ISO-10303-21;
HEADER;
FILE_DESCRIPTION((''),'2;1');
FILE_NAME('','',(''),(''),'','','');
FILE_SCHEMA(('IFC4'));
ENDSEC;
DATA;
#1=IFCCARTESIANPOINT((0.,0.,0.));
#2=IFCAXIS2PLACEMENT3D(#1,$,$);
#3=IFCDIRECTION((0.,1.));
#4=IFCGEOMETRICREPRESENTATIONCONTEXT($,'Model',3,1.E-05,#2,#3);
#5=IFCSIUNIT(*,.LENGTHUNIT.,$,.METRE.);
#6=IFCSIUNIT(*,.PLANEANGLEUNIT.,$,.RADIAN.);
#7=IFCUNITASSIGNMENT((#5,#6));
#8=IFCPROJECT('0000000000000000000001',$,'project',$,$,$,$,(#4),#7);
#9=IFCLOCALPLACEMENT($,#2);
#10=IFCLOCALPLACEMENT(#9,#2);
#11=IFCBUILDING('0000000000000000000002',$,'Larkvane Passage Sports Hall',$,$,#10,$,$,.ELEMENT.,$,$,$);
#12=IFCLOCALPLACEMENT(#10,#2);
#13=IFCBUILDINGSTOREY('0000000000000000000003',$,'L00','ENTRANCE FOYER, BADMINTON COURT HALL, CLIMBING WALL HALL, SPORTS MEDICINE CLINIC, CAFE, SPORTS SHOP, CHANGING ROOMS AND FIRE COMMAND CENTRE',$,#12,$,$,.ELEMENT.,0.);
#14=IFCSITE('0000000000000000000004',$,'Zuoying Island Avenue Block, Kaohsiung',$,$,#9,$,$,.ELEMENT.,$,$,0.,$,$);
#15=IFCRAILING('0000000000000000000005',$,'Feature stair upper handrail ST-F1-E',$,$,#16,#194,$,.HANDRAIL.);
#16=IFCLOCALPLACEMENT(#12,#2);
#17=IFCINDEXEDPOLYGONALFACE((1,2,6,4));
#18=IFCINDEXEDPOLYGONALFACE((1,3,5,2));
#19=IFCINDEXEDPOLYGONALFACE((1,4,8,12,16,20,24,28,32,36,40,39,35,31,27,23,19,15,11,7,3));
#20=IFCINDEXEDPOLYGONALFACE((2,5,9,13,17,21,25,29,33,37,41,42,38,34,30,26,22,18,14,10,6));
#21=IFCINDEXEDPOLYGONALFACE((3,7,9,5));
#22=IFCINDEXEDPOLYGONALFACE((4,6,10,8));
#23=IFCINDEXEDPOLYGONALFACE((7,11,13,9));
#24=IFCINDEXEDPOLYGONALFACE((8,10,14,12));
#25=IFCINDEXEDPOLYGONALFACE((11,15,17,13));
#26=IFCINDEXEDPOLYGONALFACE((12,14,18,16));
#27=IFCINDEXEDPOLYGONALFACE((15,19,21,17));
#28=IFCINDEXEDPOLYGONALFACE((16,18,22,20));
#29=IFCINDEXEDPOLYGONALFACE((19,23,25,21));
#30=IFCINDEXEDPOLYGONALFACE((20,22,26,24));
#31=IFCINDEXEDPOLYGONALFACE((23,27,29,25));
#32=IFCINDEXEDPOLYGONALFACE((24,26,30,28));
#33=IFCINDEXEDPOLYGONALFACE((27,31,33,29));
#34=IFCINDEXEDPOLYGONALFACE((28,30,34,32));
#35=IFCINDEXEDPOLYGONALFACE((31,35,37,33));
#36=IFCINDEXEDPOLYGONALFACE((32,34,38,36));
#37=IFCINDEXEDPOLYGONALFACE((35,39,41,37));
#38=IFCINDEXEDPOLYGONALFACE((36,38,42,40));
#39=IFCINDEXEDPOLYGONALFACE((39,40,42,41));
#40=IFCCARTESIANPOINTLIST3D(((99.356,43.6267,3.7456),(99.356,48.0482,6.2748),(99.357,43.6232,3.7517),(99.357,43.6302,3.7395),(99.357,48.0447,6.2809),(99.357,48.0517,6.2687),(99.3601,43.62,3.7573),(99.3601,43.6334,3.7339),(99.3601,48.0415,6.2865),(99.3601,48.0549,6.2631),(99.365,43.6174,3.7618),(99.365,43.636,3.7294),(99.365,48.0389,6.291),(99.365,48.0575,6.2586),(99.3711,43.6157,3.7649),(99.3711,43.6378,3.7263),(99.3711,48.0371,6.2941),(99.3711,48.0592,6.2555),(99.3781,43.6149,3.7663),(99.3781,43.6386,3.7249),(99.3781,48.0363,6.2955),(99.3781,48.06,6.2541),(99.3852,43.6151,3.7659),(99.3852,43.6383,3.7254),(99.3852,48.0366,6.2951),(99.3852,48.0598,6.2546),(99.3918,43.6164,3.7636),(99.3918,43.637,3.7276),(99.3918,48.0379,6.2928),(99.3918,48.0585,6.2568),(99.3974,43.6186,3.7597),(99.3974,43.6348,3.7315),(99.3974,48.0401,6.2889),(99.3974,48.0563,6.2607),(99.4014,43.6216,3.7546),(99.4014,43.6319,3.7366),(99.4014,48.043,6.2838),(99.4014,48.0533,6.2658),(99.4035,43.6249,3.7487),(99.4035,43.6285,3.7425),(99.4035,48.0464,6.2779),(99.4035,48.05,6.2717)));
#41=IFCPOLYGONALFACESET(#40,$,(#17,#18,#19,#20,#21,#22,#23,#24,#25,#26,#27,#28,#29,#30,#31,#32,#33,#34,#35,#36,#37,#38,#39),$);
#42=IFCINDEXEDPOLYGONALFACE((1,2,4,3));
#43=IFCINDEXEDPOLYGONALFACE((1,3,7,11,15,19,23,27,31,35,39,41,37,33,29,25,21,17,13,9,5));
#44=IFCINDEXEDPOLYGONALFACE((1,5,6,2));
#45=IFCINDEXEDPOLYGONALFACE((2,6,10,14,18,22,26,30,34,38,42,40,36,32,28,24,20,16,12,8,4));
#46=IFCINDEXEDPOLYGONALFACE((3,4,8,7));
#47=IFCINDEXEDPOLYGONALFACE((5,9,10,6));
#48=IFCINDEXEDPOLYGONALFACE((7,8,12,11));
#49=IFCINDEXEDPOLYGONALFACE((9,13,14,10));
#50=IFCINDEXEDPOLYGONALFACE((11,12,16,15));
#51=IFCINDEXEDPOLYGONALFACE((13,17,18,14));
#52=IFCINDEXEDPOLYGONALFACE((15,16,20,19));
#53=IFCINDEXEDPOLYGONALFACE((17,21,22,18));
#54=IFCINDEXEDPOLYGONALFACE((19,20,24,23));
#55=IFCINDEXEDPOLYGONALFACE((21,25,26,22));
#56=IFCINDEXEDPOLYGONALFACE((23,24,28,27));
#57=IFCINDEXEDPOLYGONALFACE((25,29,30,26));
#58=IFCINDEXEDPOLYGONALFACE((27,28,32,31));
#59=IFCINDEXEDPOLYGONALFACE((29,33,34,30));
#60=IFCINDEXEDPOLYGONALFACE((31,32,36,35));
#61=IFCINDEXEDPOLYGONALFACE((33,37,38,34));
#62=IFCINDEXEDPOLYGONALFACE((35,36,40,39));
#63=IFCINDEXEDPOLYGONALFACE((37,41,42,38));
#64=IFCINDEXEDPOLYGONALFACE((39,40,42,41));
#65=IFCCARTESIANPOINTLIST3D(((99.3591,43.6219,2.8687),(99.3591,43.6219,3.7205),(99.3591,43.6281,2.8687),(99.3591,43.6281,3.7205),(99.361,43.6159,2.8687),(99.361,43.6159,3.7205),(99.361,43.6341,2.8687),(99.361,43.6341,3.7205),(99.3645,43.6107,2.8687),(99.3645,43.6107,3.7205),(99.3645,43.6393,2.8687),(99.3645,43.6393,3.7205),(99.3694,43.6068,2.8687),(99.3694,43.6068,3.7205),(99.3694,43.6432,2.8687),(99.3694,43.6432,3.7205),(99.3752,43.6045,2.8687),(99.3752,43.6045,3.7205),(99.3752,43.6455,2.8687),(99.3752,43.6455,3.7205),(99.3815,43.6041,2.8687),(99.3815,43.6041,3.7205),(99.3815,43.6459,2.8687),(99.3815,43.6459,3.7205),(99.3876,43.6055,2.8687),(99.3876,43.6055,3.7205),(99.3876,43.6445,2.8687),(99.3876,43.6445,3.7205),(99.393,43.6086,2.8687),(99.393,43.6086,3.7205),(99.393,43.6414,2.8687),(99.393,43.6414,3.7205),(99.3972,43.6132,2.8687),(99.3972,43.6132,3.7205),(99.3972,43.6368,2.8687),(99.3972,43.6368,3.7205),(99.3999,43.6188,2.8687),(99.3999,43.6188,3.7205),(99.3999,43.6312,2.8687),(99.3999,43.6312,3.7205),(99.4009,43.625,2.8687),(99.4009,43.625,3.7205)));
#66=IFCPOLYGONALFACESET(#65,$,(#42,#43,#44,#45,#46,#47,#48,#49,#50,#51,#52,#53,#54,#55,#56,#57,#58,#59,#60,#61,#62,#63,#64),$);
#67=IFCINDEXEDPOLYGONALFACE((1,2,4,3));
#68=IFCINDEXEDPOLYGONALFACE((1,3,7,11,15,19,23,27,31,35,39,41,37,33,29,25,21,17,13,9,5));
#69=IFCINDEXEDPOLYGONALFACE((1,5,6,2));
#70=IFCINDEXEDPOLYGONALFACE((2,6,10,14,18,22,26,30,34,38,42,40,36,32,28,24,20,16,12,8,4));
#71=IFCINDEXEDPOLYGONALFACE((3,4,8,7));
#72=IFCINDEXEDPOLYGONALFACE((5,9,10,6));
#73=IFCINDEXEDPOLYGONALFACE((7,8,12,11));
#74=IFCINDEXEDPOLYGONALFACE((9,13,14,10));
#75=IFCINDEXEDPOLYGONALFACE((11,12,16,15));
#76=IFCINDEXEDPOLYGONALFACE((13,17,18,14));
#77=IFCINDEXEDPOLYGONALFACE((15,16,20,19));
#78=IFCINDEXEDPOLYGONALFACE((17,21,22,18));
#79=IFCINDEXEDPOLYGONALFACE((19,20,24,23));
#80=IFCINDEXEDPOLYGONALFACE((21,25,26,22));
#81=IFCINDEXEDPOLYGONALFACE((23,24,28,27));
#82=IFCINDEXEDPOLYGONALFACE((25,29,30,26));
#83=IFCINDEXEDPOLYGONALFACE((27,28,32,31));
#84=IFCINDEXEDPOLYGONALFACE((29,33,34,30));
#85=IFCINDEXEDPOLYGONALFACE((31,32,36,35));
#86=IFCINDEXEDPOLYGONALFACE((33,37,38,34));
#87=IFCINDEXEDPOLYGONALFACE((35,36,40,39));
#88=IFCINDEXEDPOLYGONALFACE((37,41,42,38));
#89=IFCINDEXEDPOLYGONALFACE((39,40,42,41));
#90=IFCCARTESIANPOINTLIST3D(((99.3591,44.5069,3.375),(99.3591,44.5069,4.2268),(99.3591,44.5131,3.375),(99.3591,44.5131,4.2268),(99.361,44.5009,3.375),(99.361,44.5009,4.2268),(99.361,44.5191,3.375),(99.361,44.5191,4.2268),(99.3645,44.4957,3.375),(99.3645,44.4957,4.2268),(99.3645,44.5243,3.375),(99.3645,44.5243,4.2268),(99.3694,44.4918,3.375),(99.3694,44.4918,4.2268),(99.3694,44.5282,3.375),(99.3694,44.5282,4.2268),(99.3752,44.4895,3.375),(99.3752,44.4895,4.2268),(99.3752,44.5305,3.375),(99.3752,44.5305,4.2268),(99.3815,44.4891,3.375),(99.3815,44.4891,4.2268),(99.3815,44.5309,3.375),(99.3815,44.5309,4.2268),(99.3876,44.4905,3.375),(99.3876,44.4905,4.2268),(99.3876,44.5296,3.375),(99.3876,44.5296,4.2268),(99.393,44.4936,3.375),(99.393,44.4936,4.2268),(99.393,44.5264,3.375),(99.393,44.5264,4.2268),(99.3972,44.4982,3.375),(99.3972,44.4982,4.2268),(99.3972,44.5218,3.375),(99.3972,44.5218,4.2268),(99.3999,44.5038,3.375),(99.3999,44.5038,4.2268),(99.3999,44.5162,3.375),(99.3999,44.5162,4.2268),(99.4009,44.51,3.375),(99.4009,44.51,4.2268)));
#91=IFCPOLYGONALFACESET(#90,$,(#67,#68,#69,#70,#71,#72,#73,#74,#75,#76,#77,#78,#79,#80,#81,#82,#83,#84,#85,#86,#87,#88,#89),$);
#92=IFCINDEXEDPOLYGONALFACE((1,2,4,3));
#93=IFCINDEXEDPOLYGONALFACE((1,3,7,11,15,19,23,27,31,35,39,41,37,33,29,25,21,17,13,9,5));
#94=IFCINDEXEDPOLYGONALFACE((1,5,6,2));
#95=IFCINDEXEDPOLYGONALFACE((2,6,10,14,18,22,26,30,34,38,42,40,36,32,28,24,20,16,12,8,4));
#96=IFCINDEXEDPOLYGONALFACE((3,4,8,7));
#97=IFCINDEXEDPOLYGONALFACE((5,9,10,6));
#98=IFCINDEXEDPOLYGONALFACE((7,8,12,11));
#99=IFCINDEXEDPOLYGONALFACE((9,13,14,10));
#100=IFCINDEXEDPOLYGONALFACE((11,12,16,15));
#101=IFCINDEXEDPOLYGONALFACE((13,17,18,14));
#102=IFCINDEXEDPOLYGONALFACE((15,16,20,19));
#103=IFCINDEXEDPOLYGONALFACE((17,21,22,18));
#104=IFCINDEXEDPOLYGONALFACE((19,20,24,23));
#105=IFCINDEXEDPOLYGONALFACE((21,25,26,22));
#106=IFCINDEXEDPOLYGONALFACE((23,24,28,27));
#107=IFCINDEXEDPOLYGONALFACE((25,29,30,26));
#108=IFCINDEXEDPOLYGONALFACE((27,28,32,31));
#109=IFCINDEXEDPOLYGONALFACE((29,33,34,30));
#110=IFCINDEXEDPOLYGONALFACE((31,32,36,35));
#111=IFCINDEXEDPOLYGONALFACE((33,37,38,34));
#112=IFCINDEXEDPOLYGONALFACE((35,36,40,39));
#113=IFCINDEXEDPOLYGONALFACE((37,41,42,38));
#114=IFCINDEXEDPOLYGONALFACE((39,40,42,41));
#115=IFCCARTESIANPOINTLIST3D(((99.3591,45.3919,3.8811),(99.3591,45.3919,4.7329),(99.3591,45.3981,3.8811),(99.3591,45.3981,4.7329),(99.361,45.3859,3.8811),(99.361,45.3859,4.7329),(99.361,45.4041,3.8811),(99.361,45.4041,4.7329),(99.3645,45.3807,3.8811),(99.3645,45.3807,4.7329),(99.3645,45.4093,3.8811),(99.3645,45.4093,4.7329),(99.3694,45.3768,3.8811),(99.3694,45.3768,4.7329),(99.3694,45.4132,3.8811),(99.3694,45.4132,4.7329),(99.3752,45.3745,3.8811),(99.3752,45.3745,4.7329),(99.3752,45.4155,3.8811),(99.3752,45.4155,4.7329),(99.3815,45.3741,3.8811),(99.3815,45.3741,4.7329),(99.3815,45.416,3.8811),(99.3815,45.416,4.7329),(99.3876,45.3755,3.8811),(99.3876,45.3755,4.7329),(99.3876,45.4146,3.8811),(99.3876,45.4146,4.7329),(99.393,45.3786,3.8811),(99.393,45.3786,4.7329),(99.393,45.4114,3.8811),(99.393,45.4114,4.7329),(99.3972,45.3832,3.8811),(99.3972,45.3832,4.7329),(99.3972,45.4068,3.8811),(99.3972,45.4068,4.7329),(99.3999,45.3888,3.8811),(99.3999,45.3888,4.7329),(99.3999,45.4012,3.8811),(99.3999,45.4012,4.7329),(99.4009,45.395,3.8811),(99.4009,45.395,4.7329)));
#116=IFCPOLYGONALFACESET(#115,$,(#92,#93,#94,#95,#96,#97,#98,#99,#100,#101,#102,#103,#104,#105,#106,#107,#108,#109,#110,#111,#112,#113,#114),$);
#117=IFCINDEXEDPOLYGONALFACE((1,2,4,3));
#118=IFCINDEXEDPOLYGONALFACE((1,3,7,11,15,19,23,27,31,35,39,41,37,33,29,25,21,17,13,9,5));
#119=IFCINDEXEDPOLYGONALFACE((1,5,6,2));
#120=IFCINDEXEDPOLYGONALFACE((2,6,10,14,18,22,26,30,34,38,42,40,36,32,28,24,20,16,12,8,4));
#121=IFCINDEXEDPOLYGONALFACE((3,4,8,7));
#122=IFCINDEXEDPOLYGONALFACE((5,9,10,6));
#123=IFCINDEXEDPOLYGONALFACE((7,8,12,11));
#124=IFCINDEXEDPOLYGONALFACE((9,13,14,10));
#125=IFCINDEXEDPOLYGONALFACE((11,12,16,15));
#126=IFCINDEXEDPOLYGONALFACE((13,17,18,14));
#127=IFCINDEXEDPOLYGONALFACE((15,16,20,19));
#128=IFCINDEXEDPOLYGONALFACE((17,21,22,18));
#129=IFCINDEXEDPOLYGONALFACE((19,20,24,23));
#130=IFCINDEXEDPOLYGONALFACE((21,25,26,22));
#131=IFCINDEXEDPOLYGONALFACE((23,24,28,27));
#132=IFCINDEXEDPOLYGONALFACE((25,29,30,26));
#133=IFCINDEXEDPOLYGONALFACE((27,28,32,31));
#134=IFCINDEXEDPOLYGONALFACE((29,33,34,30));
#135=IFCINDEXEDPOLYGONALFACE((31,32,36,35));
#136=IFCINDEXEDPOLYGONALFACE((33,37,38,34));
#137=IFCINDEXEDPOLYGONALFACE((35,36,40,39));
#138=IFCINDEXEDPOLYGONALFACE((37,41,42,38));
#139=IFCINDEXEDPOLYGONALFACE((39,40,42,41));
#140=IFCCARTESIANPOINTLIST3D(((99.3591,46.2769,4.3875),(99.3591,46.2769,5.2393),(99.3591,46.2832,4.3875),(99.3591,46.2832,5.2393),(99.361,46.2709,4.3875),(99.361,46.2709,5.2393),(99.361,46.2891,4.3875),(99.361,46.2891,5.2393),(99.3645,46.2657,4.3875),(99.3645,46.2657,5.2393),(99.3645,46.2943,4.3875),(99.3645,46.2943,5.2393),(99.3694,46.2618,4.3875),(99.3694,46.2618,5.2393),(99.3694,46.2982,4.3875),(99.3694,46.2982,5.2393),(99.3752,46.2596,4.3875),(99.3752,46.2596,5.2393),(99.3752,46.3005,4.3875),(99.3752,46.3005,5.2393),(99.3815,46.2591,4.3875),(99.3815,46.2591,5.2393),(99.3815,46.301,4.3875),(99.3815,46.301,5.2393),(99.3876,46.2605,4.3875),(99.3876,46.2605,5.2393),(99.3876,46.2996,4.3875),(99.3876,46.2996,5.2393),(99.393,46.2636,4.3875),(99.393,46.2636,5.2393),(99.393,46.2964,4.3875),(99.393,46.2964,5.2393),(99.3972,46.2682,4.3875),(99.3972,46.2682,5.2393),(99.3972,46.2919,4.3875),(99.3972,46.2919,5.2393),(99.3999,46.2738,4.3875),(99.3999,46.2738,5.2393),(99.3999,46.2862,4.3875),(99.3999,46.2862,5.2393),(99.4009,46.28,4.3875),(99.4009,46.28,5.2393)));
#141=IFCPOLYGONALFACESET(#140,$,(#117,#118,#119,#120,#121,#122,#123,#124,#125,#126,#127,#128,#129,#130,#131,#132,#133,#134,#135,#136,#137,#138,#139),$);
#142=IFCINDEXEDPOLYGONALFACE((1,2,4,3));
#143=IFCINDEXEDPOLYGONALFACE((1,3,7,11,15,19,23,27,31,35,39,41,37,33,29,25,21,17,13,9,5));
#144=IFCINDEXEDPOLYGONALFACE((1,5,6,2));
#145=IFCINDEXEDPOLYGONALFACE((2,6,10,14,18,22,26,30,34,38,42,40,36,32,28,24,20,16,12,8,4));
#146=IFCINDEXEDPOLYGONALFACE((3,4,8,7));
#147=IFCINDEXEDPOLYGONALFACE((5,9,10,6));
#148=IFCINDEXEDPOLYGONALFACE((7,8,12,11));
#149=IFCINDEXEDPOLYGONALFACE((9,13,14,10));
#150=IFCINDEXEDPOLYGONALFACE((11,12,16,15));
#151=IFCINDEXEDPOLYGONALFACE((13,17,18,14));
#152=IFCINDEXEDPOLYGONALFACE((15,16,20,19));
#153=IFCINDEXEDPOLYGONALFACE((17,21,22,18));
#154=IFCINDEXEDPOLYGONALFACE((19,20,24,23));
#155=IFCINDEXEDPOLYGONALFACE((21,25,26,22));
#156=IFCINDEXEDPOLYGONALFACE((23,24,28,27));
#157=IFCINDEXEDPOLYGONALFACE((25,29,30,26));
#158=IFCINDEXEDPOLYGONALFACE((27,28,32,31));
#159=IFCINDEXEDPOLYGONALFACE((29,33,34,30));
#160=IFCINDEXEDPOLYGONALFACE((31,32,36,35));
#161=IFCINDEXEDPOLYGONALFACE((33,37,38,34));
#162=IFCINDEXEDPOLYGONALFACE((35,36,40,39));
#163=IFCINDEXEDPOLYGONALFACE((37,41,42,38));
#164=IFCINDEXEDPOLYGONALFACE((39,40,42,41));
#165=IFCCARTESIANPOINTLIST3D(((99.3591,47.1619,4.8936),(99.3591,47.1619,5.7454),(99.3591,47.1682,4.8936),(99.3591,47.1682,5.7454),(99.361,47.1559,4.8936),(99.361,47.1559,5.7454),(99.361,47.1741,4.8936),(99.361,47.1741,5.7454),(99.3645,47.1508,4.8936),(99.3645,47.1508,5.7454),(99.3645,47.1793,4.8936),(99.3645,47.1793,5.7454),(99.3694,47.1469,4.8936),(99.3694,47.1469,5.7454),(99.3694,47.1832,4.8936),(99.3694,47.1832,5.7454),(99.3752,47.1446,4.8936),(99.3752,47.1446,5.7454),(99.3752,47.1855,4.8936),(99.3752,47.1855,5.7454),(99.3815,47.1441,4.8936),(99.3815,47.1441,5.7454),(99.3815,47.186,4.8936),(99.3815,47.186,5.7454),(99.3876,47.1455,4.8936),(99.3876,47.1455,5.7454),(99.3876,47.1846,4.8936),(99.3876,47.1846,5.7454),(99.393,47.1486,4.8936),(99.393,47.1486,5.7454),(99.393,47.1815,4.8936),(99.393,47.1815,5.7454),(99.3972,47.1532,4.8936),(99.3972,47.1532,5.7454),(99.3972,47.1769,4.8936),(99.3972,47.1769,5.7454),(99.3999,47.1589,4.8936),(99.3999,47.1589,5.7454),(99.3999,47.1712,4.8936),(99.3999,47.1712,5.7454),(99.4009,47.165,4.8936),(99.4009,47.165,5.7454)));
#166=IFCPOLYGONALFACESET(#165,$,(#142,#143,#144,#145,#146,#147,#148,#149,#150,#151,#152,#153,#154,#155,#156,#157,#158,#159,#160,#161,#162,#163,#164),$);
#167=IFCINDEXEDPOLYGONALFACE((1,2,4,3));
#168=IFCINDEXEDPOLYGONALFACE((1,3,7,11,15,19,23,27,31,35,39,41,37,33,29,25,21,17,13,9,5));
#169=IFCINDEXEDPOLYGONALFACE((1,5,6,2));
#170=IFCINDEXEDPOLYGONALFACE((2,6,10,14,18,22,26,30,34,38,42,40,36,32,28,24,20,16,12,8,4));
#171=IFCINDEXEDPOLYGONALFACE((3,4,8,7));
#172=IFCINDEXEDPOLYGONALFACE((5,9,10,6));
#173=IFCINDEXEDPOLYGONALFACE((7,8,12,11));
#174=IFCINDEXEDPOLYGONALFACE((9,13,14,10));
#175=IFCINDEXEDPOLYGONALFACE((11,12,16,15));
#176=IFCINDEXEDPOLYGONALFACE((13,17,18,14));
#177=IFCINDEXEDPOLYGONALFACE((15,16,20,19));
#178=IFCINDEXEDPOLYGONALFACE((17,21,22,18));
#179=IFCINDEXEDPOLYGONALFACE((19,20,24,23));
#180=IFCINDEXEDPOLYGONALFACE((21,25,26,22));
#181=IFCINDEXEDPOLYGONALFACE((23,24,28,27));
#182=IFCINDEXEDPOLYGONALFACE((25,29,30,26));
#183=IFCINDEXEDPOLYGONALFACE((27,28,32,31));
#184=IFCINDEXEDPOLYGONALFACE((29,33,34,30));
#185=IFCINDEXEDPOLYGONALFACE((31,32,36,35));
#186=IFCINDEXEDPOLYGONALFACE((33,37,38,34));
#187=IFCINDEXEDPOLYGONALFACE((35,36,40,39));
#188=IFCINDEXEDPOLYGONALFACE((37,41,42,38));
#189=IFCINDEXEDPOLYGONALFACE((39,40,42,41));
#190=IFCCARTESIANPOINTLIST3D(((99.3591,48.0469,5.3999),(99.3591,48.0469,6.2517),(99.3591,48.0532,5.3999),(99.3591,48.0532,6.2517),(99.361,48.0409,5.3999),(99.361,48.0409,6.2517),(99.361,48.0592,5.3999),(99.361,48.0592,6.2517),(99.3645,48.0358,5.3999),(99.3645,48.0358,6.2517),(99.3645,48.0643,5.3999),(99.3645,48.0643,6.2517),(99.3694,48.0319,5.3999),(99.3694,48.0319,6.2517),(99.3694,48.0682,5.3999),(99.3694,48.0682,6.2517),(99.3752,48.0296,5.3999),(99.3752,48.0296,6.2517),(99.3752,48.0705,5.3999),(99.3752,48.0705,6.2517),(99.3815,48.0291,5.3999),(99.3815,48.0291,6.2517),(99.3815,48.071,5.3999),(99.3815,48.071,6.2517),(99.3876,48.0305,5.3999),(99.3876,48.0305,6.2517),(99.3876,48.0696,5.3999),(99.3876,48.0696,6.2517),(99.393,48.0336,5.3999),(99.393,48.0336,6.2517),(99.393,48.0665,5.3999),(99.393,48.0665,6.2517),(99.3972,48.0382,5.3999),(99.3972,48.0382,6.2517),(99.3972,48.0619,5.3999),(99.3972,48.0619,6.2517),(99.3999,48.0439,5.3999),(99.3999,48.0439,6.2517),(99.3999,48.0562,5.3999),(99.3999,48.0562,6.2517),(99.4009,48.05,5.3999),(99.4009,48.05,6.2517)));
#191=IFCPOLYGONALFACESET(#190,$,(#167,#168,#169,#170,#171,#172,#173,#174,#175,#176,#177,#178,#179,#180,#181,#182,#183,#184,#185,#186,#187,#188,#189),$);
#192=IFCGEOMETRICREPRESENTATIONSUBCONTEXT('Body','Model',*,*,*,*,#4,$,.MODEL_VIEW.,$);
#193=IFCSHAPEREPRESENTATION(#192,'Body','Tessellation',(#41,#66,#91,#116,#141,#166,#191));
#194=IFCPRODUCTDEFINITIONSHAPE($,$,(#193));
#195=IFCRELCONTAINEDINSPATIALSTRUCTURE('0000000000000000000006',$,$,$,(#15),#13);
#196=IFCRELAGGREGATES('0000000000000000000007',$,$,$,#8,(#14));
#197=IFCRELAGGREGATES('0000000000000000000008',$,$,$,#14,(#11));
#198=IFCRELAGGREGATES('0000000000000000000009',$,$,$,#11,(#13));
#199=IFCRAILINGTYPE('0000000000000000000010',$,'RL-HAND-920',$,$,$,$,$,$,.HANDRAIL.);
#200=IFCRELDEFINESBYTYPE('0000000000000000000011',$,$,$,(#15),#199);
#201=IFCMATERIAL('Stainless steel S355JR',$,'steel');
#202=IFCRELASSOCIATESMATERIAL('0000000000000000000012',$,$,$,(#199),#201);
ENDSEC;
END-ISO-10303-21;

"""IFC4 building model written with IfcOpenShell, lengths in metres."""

from ifc_helpers import new_model, si_unit, direction, frame, origin, origin_2d, place, context, subcontext, project, spatial, circle, extrude, material, type_object, element, save


model = new_model("IFC4")

# Units and contexts
model_context = context("Model", 3, precision=1e-05, world=origin(), true_north=direction((0.0, 1.0)))
body_context = subcontext(model_context, "Body", "Model", "MODEL_VIEW")
ifc_project = project(units=[si_unit("LENGTHUNIT", "METRE"), si_unit("PLANEANGLEUNIT", "RADIAN")], contexts=[model_context])

# Site, building, storey
site_placement = place(None, origin())
site = spatial("IfcSite", under=ifc_project, at=site_placement, Name="Zuoying Island Avenue Block, Kaohsiung", CompositionType="ELEMENT", RefElevation=0.0)
building_placement = place(site_placement, origin())
building = spatial("IfcBuilding", under=site, at=building_placement, Name="Larkvane Passage Sports Hall", CompositionType="ELEMENT")
storey_placement = place(building_placement, origin())
storey = spatial("IfcBuildingStorey", under=building, at=storey_placement, Name="L00", Description="ENTRANCE FOYER, BADMINTON COURT HALL, CLIMBING WALL HALL, SPORTS MEDICINE CLINIC, CAFE, SPORTS SHOP, CHANGING ROOMS AND FIRE COMMAND CENTRE", CompositionType="ELEMENT", Elevation=0.0)

# Railing
ifc_material_1 = material(Name="Stainless steel S355JR", Category="steel")
railing_type = type_object("IfcRailingType", Name="RL-HAND-920", PredefinedType="HANDRAIL", material=ifc_material_1)
railing_placement = place(storey_placement, frame((99.3799, 43.625, 2.8687)))
element("IfcRailing", 1, at=railing_placement, inside=storey, type_object=railing_type, Name="Feature stair upper handrail ST-F1-E", PredefinedType="HANDRAIL", context=body_context, shape_type="SweptSolid", body=[
    extrude(circle(Radius=0.0239, at=origin_2d()), frame((0.0, 0.0017, 0.877), z_axis=(0.0, 0.868019, 0.496531), x_axis=(-1.0, 0.0, 0.0)), (0.0, 0.0, 1.0), 5.0938),
    extrude(circle(Radius=0.021, at=origin_2d()), origin(), (0.0, 0.0, 1.0), 0.8518),
    extrude(circle(Radius=0.021, at=origin_2d()), frame((0.0, 0.885, 0.5063)), (0.0, 0.0, 1.0), 0.8518),
    extrude(circle(Radius=0.021, at=origin_2d()), frame((0.0, 1.77, 1.0125)), (0.0, 0.0, 1.0), 0.8518),
    extrude(circle(Radius=0.021, at=origin_2d()), frame((0.0, 2.655, 1.5188)), (0.0, 0.0, 1.0), 0.8518),
    extrude(circle(Radius=0.021, at=origin_2d()), frame((0.0, 3.54, 2.0249)), (0.0, 0.0, 1.0), 0.8518),
    extrude(circle(Radius=0.021, at=origin_2d()), frame((0.0, 4.425, 2.5312)), (0.0, 0.0, 1.0), 0.8518),
])

save(model, "model.ifc")
